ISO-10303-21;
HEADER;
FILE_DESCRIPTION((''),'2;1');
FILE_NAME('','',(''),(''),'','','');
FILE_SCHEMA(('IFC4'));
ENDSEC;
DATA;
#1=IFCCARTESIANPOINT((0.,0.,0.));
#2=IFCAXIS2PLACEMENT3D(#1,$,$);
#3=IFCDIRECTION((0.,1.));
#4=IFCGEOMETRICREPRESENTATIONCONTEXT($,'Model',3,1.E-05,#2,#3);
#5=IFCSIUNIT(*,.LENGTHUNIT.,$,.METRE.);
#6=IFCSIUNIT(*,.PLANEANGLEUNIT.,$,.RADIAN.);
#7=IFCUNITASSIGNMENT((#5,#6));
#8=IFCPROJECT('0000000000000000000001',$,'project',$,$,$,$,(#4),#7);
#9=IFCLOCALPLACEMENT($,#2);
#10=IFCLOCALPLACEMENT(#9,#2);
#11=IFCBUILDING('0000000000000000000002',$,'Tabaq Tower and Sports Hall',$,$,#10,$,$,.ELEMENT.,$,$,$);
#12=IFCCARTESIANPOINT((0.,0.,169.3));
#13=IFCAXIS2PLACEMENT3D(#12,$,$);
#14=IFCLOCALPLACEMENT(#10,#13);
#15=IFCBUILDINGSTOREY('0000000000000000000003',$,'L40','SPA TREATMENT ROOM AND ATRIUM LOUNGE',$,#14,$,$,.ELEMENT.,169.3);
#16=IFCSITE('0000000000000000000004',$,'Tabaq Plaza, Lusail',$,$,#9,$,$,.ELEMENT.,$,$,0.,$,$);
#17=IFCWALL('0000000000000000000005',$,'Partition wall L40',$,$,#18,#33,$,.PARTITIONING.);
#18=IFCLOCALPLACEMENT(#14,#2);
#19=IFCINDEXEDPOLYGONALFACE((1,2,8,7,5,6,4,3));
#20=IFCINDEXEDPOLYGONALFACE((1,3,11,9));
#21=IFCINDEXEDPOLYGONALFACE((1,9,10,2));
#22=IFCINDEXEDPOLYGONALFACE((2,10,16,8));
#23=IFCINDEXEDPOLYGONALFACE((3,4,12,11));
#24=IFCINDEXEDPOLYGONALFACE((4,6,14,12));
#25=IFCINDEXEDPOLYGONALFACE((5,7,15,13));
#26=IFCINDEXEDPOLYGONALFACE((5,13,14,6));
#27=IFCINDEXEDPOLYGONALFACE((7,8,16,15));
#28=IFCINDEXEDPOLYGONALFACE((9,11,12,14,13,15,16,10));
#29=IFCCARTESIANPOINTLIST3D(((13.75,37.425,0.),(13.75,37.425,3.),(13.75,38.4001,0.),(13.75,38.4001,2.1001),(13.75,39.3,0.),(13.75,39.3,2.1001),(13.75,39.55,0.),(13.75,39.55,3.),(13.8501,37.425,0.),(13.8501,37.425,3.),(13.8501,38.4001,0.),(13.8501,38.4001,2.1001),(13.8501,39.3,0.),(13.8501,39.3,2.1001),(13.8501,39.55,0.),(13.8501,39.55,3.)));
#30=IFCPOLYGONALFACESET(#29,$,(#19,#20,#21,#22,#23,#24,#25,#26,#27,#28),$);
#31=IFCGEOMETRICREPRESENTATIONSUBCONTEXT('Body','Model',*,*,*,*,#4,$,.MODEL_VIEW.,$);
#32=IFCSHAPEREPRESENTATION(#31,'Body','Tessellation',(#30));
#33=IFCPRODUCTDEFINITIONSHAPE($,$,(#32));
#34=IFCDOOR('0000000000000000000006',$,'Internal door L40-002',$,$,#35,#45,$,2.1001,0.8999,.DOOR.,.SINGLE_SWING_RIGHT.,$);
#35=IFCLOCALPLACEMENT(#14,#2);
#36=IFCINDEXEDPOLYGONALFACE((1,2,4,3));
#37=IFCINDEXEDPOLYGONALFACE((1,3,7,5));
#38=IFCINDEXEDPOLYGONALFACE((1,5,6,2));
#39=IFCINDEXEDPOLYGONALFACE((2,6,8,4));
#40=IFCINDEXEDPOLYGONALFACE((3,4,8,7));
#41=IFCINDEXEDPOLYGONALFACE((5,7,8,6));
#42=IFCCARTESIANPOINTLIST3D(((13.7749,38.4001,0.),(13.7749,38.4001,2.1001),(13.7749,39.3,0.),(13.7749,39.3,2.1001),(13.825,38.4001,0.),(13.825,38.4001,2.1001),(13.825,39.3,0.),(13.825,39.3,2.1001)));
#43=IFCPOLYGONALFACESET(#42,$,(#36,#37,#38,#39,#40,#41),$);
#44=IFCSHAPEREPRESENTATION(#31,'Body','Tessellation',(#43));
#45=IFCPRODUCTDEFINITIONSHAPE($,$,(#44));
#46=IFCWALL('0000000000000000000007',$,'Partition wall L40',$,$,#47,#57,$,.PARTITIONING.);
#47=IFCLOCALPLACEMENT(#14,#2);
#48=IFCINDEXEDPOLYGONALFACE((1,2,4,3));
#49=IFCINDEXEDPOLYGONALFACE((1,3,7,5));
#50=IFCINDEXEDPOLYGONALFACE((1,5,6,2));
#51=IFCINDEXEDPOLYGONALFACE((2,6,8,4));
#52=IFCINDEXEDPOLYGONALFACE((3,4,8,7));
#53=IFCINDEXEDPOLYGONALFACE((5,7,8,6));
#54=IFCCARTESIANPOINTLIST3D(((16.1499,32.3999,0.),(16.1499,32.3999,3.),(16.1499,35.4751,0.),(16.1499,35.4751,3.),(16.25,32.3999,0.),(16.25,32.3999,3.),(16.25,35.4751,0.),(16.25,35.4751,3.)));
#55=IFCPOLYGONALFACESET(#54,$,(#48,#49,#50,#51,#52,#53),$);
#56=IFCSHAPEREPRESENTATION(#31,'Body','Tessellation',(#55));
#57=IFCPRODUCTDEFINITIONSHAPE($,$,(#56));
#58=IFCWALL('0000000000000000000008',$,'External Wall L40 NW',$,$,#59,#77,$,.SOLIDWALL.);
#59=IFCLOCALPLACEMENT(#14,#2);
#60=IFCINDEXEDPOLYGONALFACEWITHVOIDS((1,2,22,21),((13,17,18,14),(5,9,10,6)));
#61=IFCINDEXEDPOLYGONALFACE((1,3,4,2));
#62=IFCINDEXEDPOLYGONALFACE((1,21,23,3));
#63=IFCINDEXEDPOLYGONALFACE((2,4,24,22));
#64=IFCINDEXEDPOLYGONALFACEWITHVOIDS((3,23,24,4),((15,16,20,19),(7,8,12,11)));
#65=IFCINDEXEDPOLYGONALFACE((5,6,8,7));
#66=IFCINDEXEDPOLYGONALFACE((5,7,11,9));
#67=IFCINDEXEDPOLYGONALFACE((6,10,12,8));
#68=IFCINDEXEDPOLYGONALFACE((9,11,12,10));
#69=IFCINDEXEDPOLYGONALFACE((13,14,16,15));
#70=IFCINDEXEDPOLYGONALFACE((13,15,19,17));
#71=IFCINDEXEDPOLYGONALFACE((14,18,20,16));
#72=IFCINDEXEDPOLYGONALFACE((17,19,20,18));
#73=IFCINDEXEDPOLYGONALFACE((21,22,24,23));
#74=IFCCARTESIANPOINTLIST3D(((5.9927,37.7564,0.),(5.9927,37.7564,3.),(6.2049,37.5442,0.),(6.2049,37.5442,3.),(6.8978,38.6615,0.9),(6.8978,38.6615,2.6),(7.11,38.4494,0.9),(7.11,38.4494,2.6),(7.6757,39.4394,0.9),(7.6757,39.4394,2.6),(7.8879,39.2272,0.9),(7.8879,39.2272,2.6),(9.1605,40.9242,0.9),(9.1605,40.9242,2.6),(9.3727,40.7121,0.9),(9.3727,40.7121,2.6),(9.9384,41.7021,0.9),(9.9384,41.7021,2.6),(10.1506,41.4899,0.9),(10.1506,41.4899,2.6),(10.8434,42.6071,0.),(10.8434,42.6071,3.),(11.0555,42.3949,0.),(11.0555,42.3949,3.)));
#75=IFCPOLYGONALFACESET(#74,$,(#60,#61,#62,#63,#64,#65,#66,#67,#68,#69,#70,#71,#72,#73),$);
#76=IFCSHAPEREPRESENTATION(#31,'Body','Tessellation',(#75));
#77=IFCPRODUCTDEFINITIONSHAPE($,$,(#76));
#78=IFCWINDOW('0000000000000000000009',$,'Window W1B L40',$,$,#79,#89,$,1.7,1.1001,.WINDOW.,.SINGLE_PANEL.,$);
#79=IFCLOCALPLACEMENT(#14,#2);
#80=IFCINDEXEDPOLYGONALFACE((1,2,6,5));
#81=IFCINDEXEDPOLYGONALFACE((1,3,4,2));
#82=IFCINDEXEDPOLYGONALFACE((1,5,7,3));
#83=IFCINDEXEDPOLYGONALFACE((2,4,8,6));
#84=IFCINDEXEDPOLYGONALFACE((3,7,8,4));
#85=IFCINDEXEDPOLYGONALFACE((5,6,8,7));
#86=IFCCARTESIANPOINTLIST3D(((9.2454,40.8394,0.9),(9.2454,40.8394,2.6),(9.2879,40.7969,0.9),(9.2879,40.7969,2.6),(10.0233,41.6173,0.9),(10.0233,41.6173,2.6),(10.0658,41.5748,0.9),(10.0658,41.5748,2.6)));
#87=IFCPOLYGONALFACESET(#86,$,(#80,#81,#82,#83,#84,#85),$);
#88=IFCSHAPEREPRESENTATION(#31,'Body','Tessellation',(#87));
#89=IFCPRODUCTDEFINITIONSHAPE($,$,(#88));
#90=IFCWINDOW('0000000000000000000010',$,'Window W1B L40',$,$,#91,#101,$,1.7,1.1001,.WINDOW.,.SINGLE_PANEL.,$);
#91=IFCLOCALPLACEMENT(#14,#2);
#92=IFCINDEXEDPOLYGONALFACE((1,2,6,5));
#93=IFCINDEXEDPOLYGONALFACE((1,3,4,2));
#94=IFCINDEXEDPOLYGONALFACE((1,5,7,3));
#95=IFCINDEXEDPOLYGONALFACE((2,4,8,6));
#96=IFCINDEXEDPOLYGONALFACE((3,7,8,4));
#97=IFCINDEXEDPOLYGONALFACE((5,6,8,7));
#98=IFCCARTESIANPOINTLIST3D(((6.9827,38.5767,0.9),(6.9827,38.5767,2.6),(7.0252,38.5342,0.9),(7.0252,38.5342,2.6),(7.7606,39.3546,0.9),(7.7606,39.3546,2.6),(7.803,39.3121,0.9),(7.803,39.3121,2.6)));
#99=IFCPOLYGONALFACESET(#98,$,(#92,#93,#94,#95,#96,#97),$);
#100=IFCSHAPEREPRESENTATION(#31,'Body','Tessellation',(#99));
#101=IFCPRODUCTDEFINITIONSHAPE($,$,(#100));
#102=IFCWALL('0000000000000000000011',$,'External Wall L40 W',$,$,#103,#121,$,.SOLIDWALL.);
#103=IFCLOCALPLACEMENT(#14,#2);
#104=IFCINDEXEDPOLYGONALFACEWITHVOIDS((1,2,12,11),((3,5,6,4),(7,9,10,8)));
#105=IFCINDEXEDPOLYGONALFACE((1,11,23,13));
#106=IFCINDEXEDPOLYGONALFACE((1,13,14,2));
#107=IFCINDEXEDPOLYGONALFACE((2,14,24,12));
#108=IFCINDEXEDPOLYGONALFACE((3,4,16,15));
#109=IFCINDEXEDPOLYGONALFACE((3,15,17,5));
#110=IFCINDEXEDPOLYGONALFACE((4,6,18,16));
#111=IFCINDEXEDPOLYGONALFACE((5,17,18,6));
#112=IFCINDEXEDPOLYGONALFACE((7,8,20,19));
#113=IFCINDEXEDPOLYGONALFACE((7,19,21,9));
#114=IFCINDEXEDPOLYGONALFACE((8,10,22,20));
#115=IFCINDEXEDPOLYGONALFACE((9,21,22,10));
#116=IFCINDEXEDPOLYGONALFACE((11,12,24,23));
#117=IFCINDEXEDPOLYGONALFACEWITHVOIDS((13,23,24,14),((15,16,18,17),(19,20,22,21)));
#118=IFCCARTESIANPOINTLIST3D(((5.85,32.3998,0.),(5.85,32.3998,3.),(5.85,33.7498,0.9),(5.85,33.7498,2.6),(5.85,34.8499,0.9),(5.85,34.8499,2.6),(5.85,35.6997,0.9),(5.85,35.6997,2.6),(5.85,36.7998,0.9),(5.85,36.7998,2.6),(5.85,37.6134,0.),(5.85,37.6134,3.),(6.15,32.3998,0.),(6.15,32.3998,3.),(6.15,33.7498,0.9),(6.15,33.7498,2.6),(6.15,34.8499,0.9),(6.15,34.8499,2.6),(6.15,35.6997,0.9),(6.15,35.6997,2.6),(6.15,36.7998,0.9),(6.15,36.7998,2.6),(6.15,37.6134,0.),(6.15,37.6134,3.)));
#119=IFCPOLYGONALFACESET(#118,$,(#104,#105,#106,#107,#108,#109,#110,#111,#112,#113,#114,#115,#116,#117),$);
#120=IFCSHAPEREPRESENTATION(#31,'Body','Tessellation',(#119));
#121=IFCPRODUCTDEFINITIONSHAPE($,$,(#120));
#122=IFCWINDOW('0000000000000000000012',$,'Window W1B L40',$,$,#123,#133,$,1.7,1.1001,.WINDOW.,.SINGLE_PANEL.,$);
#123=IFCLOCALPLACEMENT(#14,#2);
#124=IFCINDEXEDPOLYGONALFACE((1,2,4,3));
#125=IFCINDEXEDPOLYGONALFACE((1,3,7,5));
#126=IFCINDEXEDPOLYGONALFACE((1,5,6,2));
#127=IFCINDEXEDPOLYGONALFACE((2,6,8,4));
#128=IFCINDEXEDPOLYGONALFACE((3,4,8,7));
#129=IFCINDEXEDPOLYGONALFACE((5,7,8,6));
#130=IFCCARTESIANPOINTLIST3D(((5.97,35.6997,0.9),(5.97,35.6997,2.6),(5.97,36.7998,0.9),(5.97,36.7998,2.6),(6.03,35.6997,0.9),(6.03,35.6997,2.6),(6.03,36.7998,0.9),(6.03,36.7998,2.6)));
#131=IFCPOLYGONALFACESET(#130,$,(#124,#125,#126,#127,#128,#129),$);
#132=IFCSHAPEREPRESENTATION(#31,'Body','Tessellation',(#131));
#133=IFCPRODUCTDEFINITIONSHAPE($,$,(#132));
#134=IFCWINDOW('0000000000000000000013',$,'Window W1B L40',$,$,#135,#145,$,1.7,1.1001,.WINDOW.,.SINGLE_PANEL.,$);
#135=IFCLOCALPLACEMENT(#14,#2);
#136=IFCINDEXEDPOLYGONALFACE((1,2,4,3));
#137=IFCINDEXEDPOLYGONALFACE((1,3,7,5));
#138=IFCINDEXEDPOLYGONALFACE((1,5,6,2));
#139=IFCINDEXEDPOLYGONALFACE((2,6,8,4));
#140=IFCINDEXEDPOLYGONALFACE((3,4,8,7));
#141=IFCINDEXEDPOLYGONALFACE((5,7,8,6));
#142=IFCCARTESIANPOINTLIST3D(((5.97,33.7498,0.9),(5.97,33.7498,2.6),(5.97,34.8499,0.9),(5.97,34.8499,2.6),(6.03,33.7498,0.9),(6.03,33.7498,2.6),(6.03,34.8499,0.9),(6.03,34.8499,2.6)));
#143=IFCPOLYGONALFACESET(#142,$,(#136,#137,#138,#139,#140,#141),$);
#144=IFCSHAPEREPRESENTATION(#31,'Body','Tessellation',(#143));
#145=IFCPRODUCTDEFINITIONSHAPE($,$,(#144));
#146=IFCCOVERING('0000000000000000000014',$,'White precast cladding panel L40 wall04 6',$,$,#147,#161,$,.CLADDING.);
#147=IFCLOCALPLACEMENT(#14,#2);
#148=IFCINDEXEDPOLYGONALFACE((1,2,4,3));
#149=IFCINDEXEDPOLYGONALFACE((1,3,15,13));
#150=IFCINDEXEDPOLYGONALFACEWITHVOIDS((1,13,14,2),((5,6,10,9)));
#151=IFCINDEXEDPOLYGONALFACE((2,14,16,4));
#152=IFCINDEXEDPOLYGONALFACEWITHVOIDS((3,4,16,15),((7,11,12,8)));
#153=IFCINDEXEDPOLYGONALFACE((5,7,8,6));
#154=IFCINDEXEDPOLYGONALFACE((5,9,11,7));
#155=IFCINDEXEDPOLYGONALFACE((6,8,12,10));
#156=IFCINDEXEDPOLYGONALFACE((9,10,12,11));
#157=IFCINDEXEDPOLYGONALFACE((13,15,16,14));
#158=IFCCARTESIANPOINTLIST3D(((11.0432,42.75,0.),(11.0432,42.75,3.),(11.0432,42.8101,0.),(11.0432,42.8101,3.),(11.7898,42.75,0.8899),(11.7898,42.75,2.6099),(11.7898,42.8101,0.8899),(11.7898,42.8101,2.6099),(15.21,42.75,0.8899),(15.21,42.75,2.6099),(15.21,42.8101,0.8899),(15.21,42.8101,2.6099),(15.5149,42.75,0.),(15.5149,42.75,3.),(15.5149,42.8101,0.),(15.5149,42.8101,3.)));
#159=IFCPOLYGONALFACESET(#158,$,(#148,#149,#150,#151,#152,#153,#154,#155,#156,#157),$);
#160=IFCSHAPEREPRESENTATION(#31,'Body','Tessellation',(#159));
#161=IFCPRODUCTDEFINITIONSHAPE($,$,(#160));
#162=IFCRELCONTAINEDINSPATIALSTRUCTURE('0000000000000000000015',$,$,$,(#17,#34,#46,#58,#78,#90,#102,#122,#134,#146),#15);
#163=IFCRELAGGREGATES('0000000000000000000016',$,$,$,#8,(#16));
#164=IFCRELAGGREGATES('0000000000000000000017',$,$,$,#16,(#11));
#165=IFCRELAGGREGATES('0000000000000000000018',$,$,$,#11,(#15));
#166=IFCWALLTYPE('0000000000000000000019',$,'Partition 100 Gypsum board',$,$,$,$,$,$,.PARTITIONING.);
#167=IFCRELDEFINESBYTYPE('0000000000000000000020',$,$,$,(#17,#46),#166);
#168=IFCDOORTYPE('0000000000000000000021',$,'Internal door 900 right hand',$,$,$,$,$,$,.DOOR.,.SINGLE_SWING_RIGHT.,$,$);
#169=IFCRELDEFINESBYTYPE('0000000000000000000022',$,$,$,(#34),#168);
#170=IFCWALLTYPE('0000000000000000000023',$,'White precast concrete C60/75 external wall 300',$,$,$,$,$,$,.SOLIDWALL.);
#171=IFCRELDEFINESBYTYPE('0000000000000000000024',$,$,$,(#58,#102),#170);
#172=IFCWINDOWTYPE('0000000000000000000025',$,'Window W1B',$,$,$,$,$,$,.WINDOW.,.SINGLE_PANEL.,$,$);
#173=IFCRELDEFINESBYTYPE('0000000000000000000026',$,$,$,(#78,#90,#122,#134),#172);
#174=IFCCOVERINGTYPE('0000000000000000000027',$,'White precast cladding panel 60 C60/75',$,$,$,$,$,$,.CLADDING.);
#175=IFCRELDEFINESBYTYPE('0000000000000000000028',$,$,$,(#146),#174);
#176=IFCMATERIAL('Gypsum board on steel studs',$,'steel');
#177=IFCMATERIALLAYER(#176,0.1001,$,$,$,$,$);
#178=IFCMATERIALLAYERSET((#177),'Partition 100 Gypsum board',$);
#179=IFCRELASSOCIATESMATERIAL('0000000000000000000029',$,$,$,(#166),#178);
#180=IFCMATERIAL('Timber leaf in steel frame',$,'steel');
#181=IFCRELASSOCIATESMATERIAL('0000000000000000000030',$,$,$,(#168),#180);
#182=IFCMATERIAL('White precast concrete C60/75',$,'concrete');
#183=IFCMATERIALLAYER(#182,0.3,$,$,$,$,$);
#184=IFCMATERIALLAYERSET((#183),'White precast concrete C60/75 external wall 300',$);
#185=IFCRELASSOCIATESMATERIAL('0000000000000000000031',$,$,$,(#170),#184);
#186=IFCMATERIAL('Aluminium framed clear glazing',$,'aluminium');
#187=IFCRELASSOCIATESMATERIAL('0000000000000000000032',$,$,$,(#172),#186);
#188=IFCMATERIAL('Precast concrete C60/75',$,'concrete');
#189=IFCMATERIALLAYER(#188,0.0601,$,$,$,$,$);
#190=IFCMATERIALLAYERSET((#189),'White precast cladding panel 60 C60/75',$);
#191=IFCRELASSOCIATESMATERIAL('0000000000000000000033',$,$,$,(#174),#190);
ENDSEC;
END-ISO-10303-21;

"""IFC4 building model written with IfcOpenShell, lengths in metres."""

from ifc_helpers import new_model, si_unit, direction, frame, frame_2d, origin, place, context, subcontext, project, spatial, polyline, rectangle, outline, extrude, material, layer, layer_set, type_object, element, fill, save


model = new_model("IFC4")

# Units and contexts
model_context = context("Model", 3, precision=1e-05, world=origin(), true_north=direction((0.0, 1.0)))
body_context = subcontext(model_context, "Body", "Model", "MODEL_VIEW")
ifc_project = project(units=[si_unit("LENGTHUNIT", "METRE"), si_unit("PLANEANGLEUNIT", "RADIAN")], contexts=[model_context])

# Site, building, storey
site_placement = place(None, origin())
site = spatial("IfcSite", under=ifc_project, at=site_placement, Name="Tabaq Plaza, Lusail", CompositionType="ELEMENT", RefElevation=0.0)
building_placement = place(site_placement, origin())
building = spatial("IfcBuilding", under=site, at=building_placement, Name="Tabaq Tower and Sports Hall", CompositionType="ELEMENT")
storey_placement = place(building_placement, frame((0.0, 0.0, 169.3)))
storey = spatial("IfcBuildingStorey", under=building, at=storey_placement, Name="L40", Description="SPA TREATMENT ROOM AND ATRIUM LOUNGE", CompositionType="ELEMENT", Elevation=169.3)

# Shared definitions
ifc_material_1 = material(Name="Gypsum board on steel studs", Category="steel")
ifc_layer_1 = layer(ifc_material_1, 0.1001)
ifc_layer_set_1 = layer_set([ifc_layer_1], Name="Partition 100 Gypsum board")
wall_type_1 = type_object("IfcWallType", Name="Partition 100 Gypsum board", PredefinedType="PARTITIONING", material=ifc_layer_set_1)

# Wall, opening, door
wall_1_placement = place(storey_placement, frame((13.8, 39.55, 0.0), z_axis=(0.0, 0.0, 1.0), x_axis=(0.0, -1.0, 0.0)))
wall_1 = element("IfcWall", 1, at=wall_1_placement, inside=storey, type_object=wall_type_1, Name="Partition wall L40", PredefinedType="PARTITIONING", context=body_context, shape_type="SweptSolid", body=[
    extrude(rectangle(XDim=2.125, YDim=0.1001, at=frame_2d((1.0625, 0.0))), origin(), (0.0, 0.0, 1.0), 3.0),
])
opening_1_placement = place(wall_1_placement, frame((0.25, 0.0, 0.0)))
opening_1 = element("IfcOpeningElement", 2, at=opening_1_placement, cuts=wall_1, PredefinedType="OPENING", context=body_context, shape_type="SweptSolid", body=[
    extrude(rectangle(XDim=0.8999, YDim=2.1001, at=frame_2d((0.45, 1.05))), frame((0.0, 0.05, 0.0), z_axis=(0.0, -1.0, 0.0), x_axis=(1.0, 0.0, 0.0)), (0.0, 0.0, 1.0), 0.1001),
])
ifc_material_2 = material(Name="Timber leaf in steel frame", Category="steel")
door_type_1 = type_object("IfcDoorType", Name="Internal door 900 right hand", OperationType="SINGLE_SWING_RIGHT", PredefinedType="DOOR", material=ifc_material_2)
door_1_placement = place(opening_1_placement, origin())
door_1 = element("IfcDoor", 3, at=door_1_placement, inside=storey, type_object=door_type_1, Name="Internal door L40-002", OperationType="SINGLE_SWING_RIGHT", OverallHeight=2.1001, OverallWidth=0.8999, PredefinedType="DOOR", context=body_context, shape_type="SweptSolid", body=[
    extrude(rectangle(XDim=0.8999, YDim=2.1001, at=frame_2d((0.45, 1.05))), frame((0.0, 0.0249, 0.0), z_axis=(0.0, -1.0, 0.0), x_axis=(1.0, 0.0, 0.0)), (0.0, 0.0, 1.0), 0.05),
])
fill(opening_1, door_1)

# Wall
wall_2_placement = place(storey_placement, frame((16.2, 35.4751, 0.0), z_axis=(0.0, 0.0, 1.0), x_axis=(0.0, -1.0, 0.0)))
element("IfcWall", 4, at=wall_2_placement, inside=storey, type_object=wall_type_1, Name="Partition wall L40", PredefinedType="PARTITIONING", context=body_context, shape_type="SweptSolid", body=[
    extrude(rectangle(XDim=3.0752, YDim=0.1001, at=frame_2d((1.5376, 0.0))), origin(), (0.0, 0.0, 1.0), 3.0),
])

# Walls, openings, windows
ifc_material_3 = material(Name="White precast concrete C60/75", Category="concrete")
ifc_layer_2 = layer(ifc_material_3, 0.3)
ifc_layer_set_2 = layer_set([ifc_layer_2], Name="White precast concrete C60/75 external wall 300")
wall_type_2 = type_object("IfcWallType", Name="White precast concrete C60/75 external wall 300", PredefinedType="SOLIDWALL", material=ifc_layer_set_2)
wall_3_placement = place(storey_placement, frame((10.9495, 42.501, 0.0), z_axis=(0.0, 0.0, 1.0), x_axis=(-0.707107, -0.707107, 0.0)))
wall_3 = element("IfcWall", 5, at=wall_3_placement, inside=storey, type_object=wall_type_2, Name="External Wall L40 NW", PredefinedType="SOLIDWALL", context=body_context, shape_type="SweptSolid", body=[
    extrude(rectangle(XDim=6.8599, YDim=0.3, at=frame_2d((3.4299, 0.0))), origin(), (0.0, 0.0, 1.0), 3.0),
])
opening_2_placement = place(wall_3_placement, frame((1.2798, 0.0, 0.8999)))
opening_2 = element("IfcOpeningElement", 6, at=opening_2_placement, cuts=wall_3, PredefinedType="OPENING", context=body_context, shape_type="SweptSolid", body=[
    extrude(rectangle(XDim=1.1001, YDim=1.7, at=frame_2d((0.55, 0.8501))), frame((0.0, 0.1602, 0.0), z_axis=(0.0, -1.0, 0.0), x_axis=(1.0, 0.0, 0.0)), (0.0, 0.0, 1.0), 0.3201),
])
opening_3_placement = place(wall_3_placement, frame((4.4797, 0.0, 0.8999)))
opening_3 = element("IfcOpeningElement", 7, at=opening_3_placement, cuts=wall_3, PredefinedType="OPENING", context=body_context, shape_type="SweptSolid", body=[
    extrude(rectangle(XDim=1.1001, YDim=1.7, at=frame_2d((0.55, 0.8501))), frame((0.0, 0.1602, 0.0), z_axis=(0.0, -1.0, 0.0), x_axis=(1.0, 0.0, 0.0)), (0.0, 0.0, 1.0), 0.3201),
])
ifc_material_4 = material(Name="Aluminium framed clear glazing", Category="aluminium")
window_type = type_object("IfcWindowType", Name="Window W1B", PartitioningType="SINGLE_PANEL", PredefinedType="WINDOW", material=ifc_material_4)
window_1_placement = place(opening_2_placement, origin())
window_1 = element("IfcWindow", 8, at=window_1_placement, inside=storey, type_object=window_type, Name="Window W1B L40", OverallHeight=1.7, OverallWidth=1.1001, PartitioningType="SINGLE_PANEL", PredefinedType="WINDOW", context=body_context, shape_type="SweptSolid", body=[
    extrude(rectangle(XDim=1.1001, YDim=1.7, at=frame_2d((0.55, 0.8501))), frame((0.0, 0.03, 0.0), z_axis=(0.0, -1.0, 0.0), x_axis=(1.0, 0.0, 0.0)), (0.0, 0.0, 1.0), 0.0601),
])
fill(opening_2, window_1)
window_2_placement = place(opening_3_placement, origin())
window_2 = element("IfcWindow", 9, at=window_2_placement, inside=storey, type_object=window_type, Name="Window W1B L40", OverallHeight=1.7, OverallWidth=1.1001, PartitioningType="SINGLE_PANEL", PredefinedType="WINDOW", context=body_context, shape_type="SweptSolid", body=[
    extrude(rectangle(XDim=1.1001, YDim=1.7, at=frame_2d((0.55, 0.8501))), frame((0.0, 0.03, 0.0), z_axis=(0.0, -1.0, 0.0), x_axis=(1.0, 0.0, 0.0)), (0.0, 0.0, 1.0), 0.0601),
])
fill(opening_3, window_2)
wall_4_placement = place(storey_placement, frame((6.0, 37.6135, 0.0), z_axis=(0.0, 0.0, 1.0), x_axis=(0.0, -1.0, 0.0)))
wall_4 = element("IfcWall", 10, at=wall_4_placement, inside=storey, type_object=wall_type_2, Name="External Wall L40 W", PredefinedType="SOLIDWALL", context=body_context, shape_type="SweptSolid", body=[
    extrude(rectangle(XDim=5.2136, YDim=0.3, at=frame_2d((2.6069, 0.0))), origin(), (0.0, 0.0, 1.0), 3.0),
])
opening_4_placement = place(wall_4_placement, frame((0.8137, 0.0, 0.8999)))
opening_4 = element("IfcOpeningElement", 11, at=opening_4_placement, cuts=wall_4, PredefinedType="OPENING", context=body_context, shape_type="SweptSolid", body=[
    extrude(rectangle(XDim=1.1001, YDim=1.7, at=frame_2d((0.55, 0.8501))), frame((0.0, 0.1602, 0.0), z_axis=(0.0, -1.0, 0.0), x_axis=(1.0, 0.0, 0.0)), (0.0, 0.0, 1.0), 0.3201),
])
opening_5_placement = place(wall_4_placement, frame((2.7637, 0.0, 0.8999)))
opening_5 = element("IfcOpeningElement", 12, at=opening_5_placement, cuts=wall_4, PredefinedType="OPENING", context=body_context, shape_type="SweptSolid", body=[
    extrude(rectangle(XDim=1.1001, YDim=1.7, at=frame_2d((0.55, 0.8501))), frame((0.0, 0.1602, 0.0), z_axis=(0.0, -1.0, 0.0), x_axis=(1.0, 0.0, 0.0)), (0.0, 0.0, 1.0), 0.3201),
])
window_3_placement = place(opening_4_placement, origin())
window_3 = element("IfcWindow", 13, at=window_3_placement, inside=storey, type_object=window_type, Name="Window W1B L40", OverallHeight=1.7, OverallWidth=1.1001, PartitioningType="SINGLE_PANEL", PredefinedType="WINDOW", context=body_context, shape_type="SweptSolid", body=[
    extrude(rectangle(XDim=1.1001, YDim=1.7, at=frame_2d((0.55, 0.8501))), frame((0.0, 0.03, 0.0), z_axis=(0.0, -1.0, 0.0), x_axis=(1.0, 0.0, 0.0)), (0.0, 0.0, 1.0), 0.0601),
])
fill(opening_4, window_3)
window_4_placement = place(opening_5_placement, origin())
window_4 = element("IfcWindow", 14, at=window_4_placement, inside=storey, type_object=window_type, Name="Window W1B L40", OverallHeight=1.7, OverallWidth=1.1001, PartitioningType="SINGLE_PANEL", PredefinedType="WINDOW", context=body_context, shape_type="SweptSolid", body=[
    extrude(rectangle(XDim=1.1001, YDim=1.7, at=frame_2d((0.55, 0.8501))), frame((0.0, 0.03, 0.0), z_axis=(0.0, -1.0, 0.0), x_axis=(1.0, 0.0, 0.0)), (0.0, 0.0, 1.0), 0.0601),
])
fill(opening_5, window_4)

# Covering
ifc_material_5 = material(Name="Precast concrete C60/75", Category="concrete")
ifc_layer_3 = layer(ifc_material_5, 0.0601)
ifc_layer_set_3 = layer_set([ifc_layer_3], Name="White precast cladding panel 60 C60/75")
covering_type = type_object("IfcCoveringType", Name="White precast cladding panel 60 C60/75", PredefinedType="CLADDING", material=ifc_layer_set_3)
covering_1_placement = place(storey_placement, frame((15.5149, 42.78, 0.0), z_axis=(0.0, 0.0, 1.0), x_axis=(-1.0, 0.0, 0.0)))
element("IfcCovering", 15, at=covering_1_placement, inside=storey, type_object=covering_type, Name="White precast cladding panel L40 wall04 6", PredefinedType="CLADDING", context=body_context, shape_type="SweptSolid", body=[
    extrude(outline(polyline([(0.0, 0.0), (4.4717, 0.0), (4.4717, 3.0), (0.0, 3.0), (0.0, 0.0)]), holes=[polyline([(0.3049, 0.8899), (0.3049, 2.6099), (3.7251, 2.6099), (3.7251, 0.8899), (0.3049, 0.8899)])]), frame((0.0, 0.03, 0.0), z_axis=(0.0, -1.0, 0.0), x_axis=(1.0, 0.0, 0.0)), (0.0, 0.0, 1.0), 0.0601),
])

save(model, "model.ifc")
